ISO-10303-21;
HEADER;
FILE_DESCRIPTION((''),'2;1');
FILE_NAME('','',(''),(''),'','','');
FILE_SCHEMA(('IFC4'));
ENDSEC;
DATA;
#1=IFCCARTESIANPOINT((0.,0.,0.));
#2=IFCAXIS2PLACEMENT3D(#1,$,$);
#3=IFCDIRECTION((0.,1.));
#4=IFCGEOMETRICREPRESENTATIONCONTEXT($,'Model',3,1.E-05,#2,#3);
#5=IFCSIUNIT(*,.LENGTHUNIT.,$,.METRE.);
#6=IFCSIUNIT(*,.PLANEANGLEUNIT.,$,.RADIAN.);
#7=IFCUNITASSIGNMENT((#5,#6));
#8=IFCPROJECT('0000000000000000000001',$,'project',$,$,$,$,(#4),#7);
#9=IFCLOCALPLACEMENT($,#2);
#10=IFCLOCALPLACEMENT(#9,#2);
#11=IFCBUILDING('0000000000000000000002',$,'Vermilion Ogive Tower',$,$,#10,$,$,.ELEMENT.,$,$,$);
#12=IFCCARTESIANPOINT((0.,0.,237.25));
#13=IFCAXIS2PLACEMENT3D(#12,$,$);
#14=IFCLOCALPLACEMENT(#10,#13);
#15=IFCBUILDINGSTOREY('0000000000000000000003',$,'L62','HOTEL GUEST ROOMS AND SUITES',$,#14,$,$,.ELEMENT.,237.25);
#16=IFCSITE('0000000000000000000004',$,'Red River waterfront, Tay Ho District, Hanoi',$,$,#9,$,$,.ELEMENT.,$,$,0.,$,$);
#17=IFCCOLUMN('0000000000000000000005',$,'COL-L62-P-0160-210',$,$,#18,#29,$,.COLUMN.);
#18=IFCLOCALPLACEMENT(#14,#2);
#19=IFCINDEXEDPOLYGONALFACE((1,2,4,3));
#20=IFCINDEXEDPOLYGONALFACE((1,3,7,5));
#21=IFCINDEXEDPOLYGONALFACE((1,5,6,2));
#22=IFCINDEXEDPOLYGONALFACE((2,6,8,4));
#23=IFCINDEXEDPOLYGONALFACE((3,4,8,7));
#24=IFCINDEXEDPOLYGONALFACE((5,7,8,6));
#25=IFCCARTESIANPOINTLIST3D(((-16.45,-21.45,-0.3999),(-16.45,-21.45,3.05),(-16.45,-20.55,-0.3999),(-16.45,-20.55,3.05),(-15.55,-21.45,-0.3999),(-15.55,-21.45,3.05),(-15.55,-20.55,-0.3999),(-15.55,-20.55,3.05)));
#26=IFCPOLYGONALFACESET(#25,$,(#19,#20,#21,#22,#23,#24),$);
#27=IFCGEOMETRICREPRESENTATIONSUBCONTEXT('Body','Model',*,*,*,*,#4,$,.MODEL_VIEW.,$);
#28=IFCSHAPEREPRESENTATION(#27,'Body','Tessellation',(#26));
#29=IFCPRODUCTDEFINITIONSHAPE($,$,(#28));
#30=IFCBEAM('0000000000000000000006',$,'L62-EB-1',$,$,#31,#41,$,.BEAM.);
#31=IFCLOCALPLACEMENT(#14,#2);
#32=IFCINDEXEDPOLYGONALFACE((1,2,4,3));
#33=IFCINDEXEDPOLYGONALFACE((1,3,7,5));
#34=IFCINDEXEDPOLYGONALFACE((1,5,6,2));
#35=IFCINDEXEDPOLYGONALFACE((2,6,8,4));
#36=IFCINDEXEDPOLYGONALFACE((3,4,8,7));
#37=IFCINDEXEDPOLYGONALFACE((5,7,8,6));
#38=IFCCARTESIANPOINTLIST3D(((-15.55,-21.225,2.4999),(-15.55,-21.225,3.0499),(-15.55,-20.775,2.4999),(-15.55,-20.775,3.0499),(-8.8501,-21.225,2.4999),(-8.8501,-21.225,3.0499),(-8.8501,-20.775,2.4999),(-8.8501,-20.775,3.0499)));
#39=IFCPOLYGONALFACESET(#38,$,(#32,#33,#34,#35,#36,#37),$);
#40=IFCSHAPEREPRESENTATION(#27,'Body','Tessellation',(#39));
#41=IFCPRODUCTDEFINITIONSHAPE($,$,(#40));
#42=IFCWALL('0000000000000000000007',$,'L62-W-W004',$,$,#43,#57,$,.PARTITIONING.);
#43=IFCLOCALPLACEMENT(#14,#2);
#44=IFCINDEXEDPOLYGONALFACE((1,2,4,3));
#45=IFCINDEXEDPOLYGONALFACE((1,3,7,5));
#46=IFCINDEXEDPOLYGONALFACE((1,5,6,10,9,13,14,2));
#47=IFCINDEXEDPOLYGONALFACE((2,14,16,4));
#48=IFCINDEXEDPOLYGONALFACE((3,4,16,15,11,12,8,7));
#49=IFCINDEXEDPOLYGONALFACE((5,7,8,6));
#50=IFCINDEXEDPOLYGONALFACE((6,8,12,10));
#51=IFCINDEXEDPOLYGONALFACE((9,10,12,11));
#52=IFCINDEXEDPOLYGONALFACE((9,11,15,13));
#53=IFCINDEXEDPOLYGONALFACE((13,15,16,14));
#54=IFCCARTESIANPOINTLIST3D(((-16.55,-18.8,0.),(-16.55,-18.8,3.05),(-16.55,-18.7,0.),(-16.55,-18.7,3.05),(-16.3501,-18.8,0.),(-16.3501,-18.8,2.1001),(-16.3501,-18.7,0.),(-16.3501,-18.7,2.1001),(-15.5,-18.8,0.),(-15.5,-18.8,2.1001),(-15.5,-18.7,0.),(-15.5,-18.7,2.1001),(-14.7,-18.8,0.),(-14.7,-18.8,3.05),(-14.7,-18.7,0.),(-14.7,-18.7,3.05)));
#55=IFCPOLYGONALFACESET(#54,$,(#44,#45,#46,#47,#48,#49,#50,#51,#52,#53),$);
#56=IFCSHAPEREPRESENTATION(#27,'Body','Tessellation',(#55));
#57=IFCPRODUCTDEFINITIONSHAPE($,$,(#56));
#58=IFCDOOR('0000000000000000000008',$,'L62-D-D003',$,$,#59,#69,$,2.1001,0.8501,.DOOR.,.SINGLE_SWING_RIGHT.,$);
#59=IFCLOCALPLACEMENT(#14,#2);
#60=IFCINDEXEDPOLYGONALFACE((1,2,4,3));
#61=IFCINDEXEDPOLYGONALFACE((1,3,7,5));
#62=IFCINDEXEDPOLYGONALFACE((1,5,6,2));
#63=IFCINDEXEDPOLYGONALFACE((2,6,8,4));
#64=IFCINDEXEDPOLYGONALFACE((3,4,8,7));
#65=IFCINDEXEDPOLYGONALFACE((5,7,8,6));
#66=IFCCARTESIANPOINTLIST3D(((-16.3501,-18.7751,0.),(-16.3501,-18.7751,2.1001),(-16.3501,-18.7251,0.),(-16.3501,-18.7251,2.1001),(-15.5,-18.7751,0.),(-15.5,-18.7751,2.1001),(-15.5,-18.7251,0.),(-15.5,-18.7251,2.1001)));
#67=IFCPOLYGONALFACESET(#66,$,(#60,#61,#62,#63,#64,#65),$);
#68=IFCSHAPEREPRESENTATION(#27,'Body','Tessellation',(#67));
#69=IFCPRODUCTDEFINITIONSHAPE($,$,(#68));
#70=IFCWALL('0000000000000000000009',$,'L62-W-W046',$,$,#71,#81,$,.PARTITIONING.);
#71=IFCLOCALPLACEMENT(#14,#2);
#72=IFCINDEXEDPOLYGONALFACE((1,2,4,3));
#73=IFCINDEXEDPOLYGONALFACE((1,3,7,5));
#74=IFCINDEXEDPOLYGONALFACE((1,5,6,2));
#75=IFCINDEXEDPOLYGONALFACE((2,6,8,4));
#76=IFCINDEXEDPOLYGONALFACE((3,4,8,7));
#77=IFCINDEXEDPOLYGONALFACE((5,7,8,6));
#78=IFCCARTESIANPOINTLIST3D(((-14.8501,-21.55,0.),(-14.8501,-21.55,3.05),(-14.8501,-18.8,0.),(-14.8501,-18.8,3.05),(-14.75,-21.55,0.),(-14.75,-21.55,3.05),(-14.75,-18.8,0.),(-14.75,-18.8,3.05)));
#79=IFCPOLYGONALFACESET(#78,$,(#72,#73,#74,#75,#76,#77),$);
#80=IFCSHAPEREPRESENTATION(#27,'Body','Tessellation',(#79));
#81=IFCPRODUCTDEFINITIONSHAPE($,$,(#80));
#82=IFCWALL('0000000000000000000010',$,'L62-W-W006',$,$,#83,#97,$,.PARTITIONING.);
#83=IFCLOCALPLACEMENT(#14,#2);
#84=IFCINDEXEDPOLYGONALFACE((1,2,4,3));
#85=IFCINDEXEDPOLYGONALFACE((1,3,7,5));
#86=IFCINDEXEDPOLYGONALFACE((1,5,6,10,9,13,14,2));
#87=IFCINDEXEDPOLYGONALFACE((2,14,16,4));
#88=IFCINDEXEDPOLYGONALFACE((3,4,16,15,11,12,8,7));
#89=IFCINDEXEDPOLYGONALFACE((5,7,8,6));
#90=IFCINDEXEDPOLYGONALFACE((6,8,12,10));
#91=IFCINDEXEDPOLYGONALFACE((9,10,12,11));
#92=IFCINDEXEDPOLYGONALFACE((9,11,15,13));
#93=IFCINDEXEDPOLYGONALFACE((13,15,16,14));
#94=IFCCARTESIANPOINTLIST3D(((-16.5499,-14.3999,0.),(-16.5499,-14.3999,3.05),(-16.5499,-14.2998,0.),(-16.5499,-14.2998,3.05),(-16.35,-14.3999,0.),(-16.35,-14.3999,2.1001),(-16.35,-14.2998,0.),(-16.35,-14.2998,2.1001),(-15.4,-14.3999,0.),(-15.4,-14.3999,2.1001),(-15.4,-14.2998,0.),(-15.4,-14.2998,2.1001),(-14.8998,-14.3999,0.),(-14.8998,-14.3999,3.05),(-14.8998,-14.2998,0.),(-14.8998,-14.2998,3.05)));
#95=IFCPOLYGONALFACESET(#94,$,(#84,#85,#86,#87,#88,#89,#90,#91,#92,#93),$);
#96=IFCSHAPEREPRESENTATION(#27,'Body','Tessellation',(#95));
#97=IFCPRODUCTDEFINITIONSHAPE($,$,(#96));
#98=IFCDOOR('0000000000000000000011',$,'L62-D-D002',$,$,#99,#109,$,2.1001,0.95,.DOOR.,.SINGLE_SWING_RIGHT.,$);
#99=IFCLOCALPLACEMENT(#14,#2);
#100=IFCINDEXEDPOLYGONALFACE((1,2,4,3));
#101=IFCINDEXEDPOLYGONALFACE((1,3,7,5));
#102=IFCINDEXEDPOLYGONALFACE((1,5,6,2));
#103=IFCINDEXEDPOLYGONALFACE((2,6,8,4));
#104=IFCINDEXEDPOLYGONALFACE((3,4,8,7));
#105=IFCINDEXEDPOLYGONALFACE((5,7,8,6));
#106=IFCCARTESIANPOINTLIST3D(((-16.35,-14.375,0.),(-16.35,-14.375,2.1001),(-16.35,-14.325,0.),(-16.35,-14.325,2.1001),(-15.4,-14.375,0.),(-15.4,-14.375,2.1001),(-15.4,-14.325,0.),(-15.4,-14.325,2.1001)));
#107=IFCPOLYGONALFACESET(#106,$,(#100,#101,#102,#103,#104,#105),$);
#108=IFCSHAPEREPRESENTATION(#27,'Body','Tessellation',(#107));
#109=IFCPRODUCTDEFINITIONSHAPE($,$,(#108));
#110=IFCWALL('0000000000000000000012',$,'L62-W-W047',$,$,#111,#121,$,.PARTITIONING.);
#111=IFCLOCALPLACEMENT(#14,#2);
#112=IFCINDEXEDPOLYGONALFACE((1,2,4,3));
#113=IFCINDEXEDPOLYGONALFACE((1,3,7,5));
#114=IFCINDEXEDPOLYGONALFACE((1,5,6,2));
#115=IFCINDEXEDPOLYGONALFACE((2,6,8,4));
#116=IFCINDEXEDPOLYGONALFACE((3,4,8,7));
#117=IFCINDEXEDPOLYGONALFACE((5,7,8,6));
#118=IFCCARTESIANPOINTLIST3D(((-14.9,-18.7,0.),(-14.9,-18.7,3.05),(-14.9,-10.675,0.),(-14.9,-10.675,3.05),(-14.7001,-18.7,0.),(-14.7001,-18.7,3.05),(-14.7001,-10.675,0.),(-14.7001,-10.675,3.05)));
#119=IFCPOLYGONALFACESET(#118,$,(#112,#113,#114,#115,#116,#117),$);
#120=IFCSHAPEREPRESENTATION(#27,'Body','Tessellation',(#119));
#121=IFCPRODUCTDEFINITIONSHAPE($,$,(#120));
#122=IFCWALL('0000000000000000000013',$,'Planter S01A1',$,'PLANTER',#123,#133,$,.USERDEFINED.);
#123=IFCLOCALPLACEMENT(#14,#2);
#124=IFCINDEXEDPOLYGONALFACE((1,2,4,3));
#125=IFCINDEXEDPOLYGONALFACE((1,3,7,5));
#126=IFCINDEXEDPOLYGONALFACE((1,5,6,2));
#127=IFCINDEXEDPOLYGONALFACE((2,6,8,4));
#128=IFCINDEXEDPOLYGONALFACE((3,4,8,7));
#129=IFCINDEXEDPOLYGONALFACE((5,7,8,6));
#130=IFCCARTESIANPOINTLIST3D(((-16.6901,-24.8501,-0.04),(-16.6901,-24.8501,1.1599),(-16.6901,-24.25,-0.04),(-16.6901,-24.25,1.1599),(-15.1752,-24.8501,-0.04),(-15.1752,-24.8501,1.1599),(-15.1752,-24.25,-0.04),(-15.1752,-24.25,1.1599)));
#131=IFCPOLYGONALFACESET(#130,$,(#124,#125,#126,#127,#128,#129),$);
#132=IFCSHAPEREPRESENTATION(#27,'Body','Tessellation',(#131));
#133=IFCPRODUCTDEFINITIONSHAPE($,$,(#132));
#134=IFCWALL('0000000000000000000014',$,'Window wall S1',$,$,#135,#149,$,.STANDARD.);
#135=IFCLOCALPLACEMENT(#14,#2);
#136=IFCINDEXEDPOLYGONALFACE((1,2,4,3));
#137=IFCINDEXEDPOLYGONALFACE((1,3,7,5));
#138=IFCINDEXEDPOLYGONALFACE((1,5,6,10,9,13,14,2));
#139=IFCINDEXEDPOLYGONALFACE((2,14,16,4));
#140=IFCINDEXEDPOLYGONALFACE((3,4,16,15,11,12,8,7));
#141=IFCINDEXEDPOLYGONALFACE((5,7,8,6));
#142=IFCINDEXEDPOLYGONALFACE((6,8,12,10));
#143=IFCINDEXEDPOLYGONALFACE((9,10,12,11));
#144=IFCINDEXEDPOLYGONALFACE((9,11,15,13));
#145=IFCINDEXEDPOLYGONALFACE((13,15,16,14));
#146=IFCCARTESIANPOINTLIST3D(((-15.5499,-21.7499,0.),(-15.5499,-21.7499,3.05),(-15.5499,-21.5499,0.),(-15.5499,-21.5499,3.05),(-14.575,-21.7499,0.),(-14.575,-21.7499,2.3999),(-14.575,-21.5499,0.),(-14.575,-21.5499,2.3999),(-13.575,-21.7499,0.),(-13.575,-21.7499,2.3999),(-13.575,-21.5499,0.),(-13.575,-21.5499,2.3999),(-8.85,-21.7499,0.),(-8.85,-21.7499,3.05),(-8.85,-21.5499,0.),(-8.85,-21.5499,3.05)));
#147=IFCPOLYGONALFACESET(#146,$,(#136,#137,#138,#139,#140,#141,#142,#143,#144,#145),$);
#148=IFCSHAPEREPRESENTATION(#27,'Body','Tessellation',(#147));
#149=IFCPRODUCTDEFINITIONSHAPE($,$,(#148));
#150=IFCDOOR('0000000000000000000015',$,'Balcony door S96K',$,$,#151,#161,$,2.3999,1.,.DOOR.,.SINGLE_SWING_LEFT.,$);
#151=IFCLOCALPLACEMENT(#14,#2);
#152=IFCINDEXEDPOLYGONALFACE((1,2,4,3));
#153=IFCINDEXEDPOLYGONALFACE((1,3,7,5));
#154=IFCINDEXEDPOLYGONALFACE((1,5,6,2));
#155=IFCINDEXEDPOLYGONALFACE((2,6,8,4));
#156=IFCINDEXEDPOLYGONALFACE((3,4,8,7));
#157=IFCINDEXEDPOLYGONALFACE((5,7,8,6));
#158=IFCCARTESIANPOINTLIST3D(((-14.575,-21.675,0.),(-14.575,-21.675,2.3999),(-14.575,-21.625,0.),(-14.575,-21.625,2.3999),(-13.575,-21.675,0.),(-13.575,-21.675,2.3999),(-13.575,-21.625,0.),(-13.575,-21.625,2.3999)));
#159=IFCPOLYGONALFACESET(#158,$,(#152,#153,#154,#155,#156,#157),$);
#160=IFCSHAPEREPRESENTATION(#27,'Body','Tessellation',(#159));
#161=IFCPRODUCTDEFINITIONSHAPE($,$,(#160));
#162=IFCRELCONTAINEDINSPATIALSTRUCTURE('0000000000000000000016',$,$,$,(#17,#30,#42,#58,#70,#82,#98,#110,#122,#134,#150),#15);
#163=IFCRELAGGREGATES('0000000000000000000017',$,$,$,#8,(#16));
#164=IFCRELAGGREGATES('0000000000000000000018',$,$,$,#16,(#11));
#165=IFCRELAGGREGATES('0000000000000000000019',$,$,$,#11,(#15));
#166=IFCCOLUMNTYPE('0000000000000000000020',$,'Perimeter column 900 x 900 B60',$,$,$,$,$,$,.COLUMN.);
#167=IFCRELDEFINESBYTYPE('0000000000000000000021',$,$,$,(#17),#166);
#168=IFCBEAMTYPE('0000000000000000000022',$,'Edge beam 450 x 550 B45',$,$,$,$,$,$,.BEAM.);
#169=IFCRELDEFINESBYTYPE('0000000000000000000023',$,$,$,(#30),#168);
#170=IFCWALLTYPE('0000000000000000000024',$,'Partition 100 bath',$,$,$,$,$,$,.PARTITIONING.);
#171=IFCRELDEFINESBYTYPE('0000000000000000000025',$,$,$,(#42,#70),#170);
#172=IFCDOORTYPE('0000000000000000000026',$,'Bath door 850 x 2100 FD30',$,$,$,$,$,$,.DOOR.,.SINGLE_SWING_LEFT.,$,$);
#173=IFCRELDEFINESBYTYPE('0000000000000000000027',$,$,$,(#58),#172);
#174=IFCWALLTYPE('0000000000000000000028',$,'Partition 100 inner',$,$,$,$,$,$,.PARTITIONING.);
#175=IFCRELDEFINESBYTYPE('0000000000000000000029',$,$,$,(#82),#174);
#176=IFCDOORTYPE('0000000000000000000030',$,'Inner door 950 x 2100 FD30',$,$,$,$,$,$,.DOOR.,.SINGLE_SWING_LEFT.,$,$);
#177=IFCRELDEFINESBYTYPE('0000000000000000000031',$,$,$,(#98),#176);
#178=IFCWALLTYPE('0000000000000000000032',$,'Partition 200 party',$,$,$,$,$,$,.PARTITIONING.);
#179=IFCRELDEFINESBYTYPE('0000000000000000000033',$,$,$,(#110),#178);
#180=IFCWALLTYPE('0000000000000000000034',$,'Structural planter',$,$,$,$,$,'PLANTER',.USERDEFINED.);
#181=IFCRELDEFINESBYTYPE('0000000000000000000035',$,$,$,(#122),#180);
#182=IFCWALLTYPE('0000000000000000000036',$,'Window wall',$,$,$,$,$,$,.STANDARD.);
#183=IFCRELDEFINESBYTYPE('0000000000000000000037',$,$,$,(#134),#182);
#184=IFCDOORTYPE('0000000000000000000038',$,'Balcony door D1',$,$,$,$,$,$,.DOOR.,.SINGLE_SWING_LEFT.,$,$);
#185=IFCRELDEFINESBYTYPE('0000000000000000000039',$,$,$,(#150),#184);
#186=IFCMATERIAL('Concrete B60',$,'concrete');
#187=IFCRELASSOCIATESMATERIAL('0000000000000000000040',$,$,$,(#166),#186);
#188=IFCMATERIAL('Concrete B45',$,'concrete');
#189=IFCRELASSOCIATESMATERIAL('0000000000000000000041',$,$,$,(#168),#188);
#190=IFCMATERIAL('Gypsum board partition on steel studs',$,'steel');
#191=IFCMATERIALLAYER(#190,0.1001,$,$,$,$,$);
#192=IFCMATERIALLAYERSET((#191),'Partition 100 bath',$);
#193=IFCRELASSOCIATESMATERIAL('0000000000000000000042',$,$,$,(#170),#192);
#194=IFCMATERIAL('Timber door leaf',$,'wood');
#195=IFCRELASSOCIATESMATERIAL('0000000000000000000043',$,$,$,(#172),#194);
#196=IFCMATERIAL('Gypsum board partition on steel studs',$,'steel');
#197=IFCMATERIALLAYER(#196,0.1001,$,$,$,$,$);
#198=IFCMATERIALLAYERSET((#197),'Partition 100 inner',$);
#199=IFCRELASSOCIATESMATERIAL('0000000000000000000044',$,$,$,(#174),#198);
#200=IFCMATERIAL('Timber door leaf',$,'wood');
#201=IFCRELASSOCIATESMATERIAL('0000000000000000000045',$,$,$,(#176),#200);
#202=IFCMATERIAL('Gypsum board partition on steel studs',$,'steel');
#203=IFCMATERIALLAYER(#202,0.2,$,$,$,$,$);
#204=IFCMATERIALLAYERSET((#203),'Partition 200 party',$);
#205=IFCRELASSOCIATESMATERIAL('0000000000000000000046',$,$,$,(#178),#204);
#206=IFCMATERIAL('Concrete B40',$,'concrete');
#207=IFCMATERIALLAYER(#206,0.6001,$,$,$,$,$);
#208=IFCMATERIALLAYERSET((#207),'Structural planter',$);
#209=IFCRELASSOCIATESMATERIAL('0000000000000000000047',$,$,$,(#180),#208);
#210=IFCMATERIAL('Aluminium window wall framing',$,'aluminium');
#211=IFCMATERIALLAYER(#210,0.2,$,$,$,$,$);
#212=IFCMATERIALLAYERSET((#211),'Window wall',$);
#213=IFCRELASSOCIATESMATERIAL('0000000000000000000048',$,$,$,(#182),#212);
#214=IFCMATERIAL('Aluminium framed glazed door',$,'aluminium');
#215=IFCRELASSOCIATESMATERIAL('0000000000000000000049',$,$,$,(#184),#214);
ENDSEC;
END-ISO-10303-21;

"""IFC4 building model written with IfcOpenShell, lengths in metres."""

from ifc_helpers import new_model, si_unit, direction, frame, frame_2d, origin, origin_2d, place, context, subcontext, project, spatial, rectangle, extrude, material, layer, layer_set, material_profile, profile_set, type_object, element, fill, save


model = new_model("IFC4")

# Units and contexts
model_context = context("Model", 3, precision=1e-05, world=origin(), true_north=direction((0.0, 1.0)))
body_context = subcontext(model_context, "Body", "Model", "MODEL_VIEW")
ifc_project = project(units=[si_unit("LENGTHUNIT", "METRE"), si_unit("PLANEANGLEUNIT", "RADIAN")], contexts=[model_context])

# Site, building, storey
site_placement = place(None, origin())
site = spatial("IfcSite", under=ifc_project, at=site_placement, Name="Red River waterfront, Tay Ho District, Hanoi", CompositionType="ELEMENT", RefElevation=0.0)
building_placement = place(site_placement, origin())
building = spatial("IfcBuilding", under=site, at=building_placement, Name="Vermilion Ogive Tower", CompositionType="ELEMENT")
storey_placement = place(building_placement, frame((0.0, 0.0, 237.25)))
storey = spatial("IfcBuildingStorey", under=building, at=storey_placement, Name="L62", Description="HOTEL GUEST ROOMS AND SUITES", CompositionType="ELEMENT", Elevation=237.25)

# Column
ifc_material_1 = material(Name="Concrete B60", Category="concrete")
ifc_material_profile_1 = material_profile(ifc_material_1, rectangle(XDim=0.8999, YDim=0.8999, at=origin_2d()), Name="900 x 900")
ifc_profile_set_1 = profile_set([ifc_material_profile_1], Name="Concrete B60")
column_type = type_object("IfcColumnType", Name="Perimeter column 900 x 900 B60", PredefinedType="COLUMN", material=ifc_profile_set_1)
column_placement = place(storey_placement, frame((-16.0, -21.0, -0.3999), z_axis=(0.0, 0.0, 1.0), x_axis=(1.0, 0.0, 0.0)))
element("IfcColumn", 1, at=column_placement, inside=storey, type_object=column_type, Name="COL-L62-P-0160-210", PredefinedType="COLUMN", context=body_context, shape_type="SweptSolid", body=[
    extrude(rectangle(XDim=0.8999, YDim=0.8999, at=origin_2d()), origin(), (0.0, 0.0, 1.0), 3.45),
])

# Beam
ifc_material_2 = material(Name="Concrete B45", Category="concrete")
ifc_material_profile_2 = material_profile(ifc_material_2, rectangle(XDim=0.45, YDim=0.55, at=origin_2d()), Name="450 x 550")
ifc_profile_set_2 = profile_set([ifc_material_profile_2], Name="Concrete B45")
beam_type = type_object("IfcBeamType", Name="Edge beam 450 x 550 B45", PredefinedType="BEAM", material=ifc_profile_set_2)
beam_placement = place(storey_placement, frame((-15.55, -21.0, 2.7749), z_axis=(1.0, 0.0, 0.0), x_axis=(0.0, 1.0, 0.0)))
element("IfcBeam", 2, at=beam_placement, inside=storey, type_object=beam_type, Name="L62-EB-1", PredefinedType="BEAM", context=body_context, shape_type="SweptSolid", body=[
    extrude(rectangle(XDim=0.45, YDim=0.55, at=origin_2d()), origin(), (0.0, 0.0, 1.0), 6.7),
])

# Wall, opening, door
ifc_material_3 = material(Name="Gypsum board partition on steel studs", Category="steel")
ifc_layer_1 = layer(ifc_material_3, 0.1001)
ifc_layer_set_1 = layer_set([ifc_layer_1], Name="Partition 100 bath")
wall_type_1 = type_object("IfcWallType", Name="Partition 100 bath", PredefinedType="PARTITIONING", material=ifc_layer_set_1)
wall_1_placement = place(storey_placement, frame((-16.55, -18.75, 0.0), z_axis=(0.0, 0.0, 1.0), x_axis=(1.0, 0.0, 0.0)))
wall_1 = element("IfcWall", 3, at=wall_1_placement, inside=storey, type_object=wall_type_1, Name="L62-W-W004", PredefinedType="PARTITIONING", context=body_context, shape_type="SweptSolid", body=[
    extrude(rectangle(XDim=1.8501, YDim=0.1001, at=frame_2d((0.925, 0.0))), origin(), (0.0, 0.0, 1.0), 3.05),
])
opening_1_placement = place(wall_1_placement, frame((0.2, 0.0, 0.0)))
opening_1 = element("IfcOpeningElement", 4, at=opening_1_placement, cuts=wall_1, PredefinedType="OPENING", context=body_context, shape_type="SweptSolid", body=[
    extrude(rectangle(XDim=0.8501, YDim=2.1001, at=frame_2d((0.425, 1.05))), frame((0.0, 0.0601, 0.0), z_axis=(0.0, -1.0, 0.0), x_axis=(1.0, 0.0, 0.0)), (0.0, 0.0, 1.0), 0.1201),
])
ifc_material_4 = material(Name="Timber door leaf", Category="wood")
door_type_1 = type_object("IfcDoorType", Name="Bath door 850 x 2100 FD30", OperationType="SINGLE_SWING_LEFT", PredefinedType="DOOR", material=ifc_material_4)
door_1_placement = place(opening_1_placement, origin())
door_1 = element("IfcDoor", 5, at=door_1_placement, inside=storey, type_object=door_type_1, Name="L62-D-D003", OperationType="SINGLE_SWING_RIGHT", OverallHeight=2.1001, OverallWidth=0.8501, PredefinedType="DOOR", context=body_context, shape_type="SweptSolid", body=[
    extrude(rectangle(XDim=0.8501, YDim=2.1001, at=frame_2d((0.425, 1.05))), frame((0.0, 0.0249, 0.0), z_axis=(0.0, -1.0, 0.0), x_axis=(1.0, 0.0, 0.0)), (0.0, 0.0, 1.0), 0.05),
])
fill(opening_1, door_1)

# Wall
wall_2_placement = place(storey_placement, frame((-14.8, -21.55, 0.0), z_axis=(0.0, 0.0, 1.0), x_axis=(0.0, 1.0, 0.0)))
element("IfcWall", 6, at=wall_2_placement, inside=storey, type_object=wall_type_1, Name="L62-W-W046", PredefinedType="PARTITIONING", context=body_context, shape_type="SweptSolid", body=[
    extrude(rectangle(XDim=2.75, YDim=0.1001, at=frame_2d((1.375, 0.0))), origin(), (0.0, 0.0, 1.0), 3.05),
])

# Wall, opening, door
ifc_material_5 = material(Name="Gypsum board partition on steel studs", Category="steel")
ifc_layer_2 = layer(ifc_material_5, 0.1001)
ifc_layer_set_2 = layer_set([ifc_layer_2], Name="Partition 100 inner")
wall_type_2 = type_object("IfcWallType", Name="Partition 100 inner", PredefinedType="PARTITIONING", material=ifc_layer_set_2)
wall_3_placement = place(storey_placement, frame((-16.55, -14.3499, 0.0), z_axis=(0.0, 0.0, 1.0), x_axis=(1.0, 0.0, 0.0)))
wall_3 = element("IfcWall", 7, at=wall_3_placement, inside=storey, type_object=wall_type_2, Name="L62-W-W006", PredefinedType="PARTITIONING", context=body_context, shape_type="SweptSolid", body=[
    extrude(rectangle(XDim=1.6501, YDim=0.1001, at=frame_2d((0.8252, 0.0))), origin(), (0.0, 0.0, 1.0), 3.05),
])
opening_2_placement = place(wall_3_placement, frame((0.2, 0.0, 0.0)))
opening_2 = element("IfcOpeningElement", 8, at=opening_2_placement, cuts=wall_3, PredefinedType="OPENING", context=body_context, shape_type="SweptSolid", body=[
    extrude(rectangle(XDim=0.95, YDim=2.1001, at=frame_2d((0.4751, 1.05))), frame((0.0, 0.0601, 0.0), z_axis=(0.0, -1.0, 0.0), x_axis=(1.0, 0.0, 0.0)), (0.0, 0.0, 1.0), 0.1201),
])
ifc_material_6 = material(Name="Timber door leaf", Category="wood")
door_type_2 = type_object("IfcDoorType", Name="Inner door 950 x 2100 FD30", OperationType="SINGLE_SWING_LEFT", PredefinedType="DOOR", material=ifc_material_6)
door_2_placement = place(opening_2_placement, origin())
door_2 = element("IfcDoor", 9, at=door_2_placement, inside=storey, type_object=door_type_2, Name="L62-D-D002", OperationType="SINGLE_SWING_RIGHT", OverallHeight=2.1001, OverallWidth=0.95, PredefinedType="DOOR", context=body_context, shape_type="SweptSolid", body=[
    extrude(rectangle(XDim=0.95, YDim=2.1001, at=frame_2d((0.4751, 1.05))), frame((0.0, 0.0249, 0.0), z_axis=(0.0, -1.0, 0.0), x_axis=(1.0, 0.0, 0.0)), (0.0, 0.0, 1.0), 0.05),
])
fill(opening_2, door_2)

# Walls
ifc_material_7 = material(Name="Gypsum board partition on steel studs", Category="steel")
ifc_layer_3 = layer(ifc_material_7, 0.2)
ifc_layer_set_3 = layer_set([ifc_layer_3], Name="Partition 200 party")
wall_type_3 = type_object("IfcWallType", Name="Partition 200 party", PredefinedType="PARTITIONING", material=ifc_layer_set_3)
wall_4_placement = place(storey_placement, frame((-14.8, -18.7, 0.0), z_axis=(0.0, 0.0, 1.0), x_axis=(0.0, 1.0, 0.0)))
element("IfcWall", 10, at=wall_4_placement, inside=storey, type_object=wall_type_3, Name="L62-W-W047", PredefinedType="PARTITIONING", context=body_context, shape_type="SweptSolid", body=[
    extrude(rectangle(XDim=8.0249, YDim=0.2, at=frame_2d((4.0125, 0.0))), origin(), (0.0, 0.0, 1.0), 3.05),
])
ifc_material_8 = material(Name="Concrete B40", Category="concrete")
ifc_layer_4 = layer(ifc_material_8, 0.6001)
ifc_layer_set_4 = layer_set([ifc_layer_4], Name="Structural planter")
wall_type_4 = type_object("IfcWallType", Name="Structural planter", ElementType="PLANTER", PredefinedType="USERDEFINED", material=ifc_layer_set_4)
wall_5_placement = place(storey_placement, frame((-16.6899, -24.55, -0.04), z_axis=(0.0, 0.0, 1.0), x_axis=(1.0, 0.0, 0.0)))
element("IfcWall", 11, at=wall_5_placement, inside=storey, type_object=wall_type_4, Name="Planter S01A1", ObjectType="PLANTER", PredefinedType="USERDEFINED", context=body_context, shape_type="SweptSolid", body=[
    extrude(rectangle(XDim=1.5149, YDim=0.6001, at=frame_2d((0.7573, 0.0))), origin(), (0.0, 0.0, 1.0), 1.2),
])

# Wall, opening, door
ifc_material_9 = material(Name="Aluminium window wall framing", Category="aluminium")
ifc_layer_5 = layer(ifc_material_9, 0.2)
ifc_layer_set_5 = layer_set([ifc_layer_5], Name="Window wall")
wall_type_5 = type_object("IfcWallType", Name="Window wall", PredefinedType="STANDARD", material=ifc_layer_set_5)
wall_6_placement = place(storey_placement, frame((-15.55, -21.6499, 0.0), z_axis=(0.0, 0.0, 1.0), x_axis=(1.0, 0.0, 0.0)))
wall_6 = element("IfcWall", 12, at=wall_6_placement, inside=storey, type_object=wall_type_5, Name="Window wall S1", PredefinedType="STANDARD", context=body_context, shape_type="SweptSolid", body=[
    extrude(rectangle(XDim=6.7, YDim=0.2, at=frame_2d((3.3501, 0.0))), origin(), (0.0, 0.0, 1.0), 3.05),
])
opening_3_placement = place(wall_6_placement, frame((0.9751, 0.0, 0.0)))
opening_3 = element("IfcOpeningElement", 13, at=opening_3_placement, cuts=wall_6, PredefinedType="OPENING", context=body_context, shape_type="SweptSolid", body=[
    extrude(rectangle(XDim=1.0, YDim=2.3999, at=frame_2d((0.5, 1.2))), frame((0.0, 0.1099, 0.0), z_axis=(0.0, -1.0, 0.0), x_axis=(1.0, 0.0, 0.0)), (0.0, 0.0, 1.0), 0.22),
])
ifc_material_10 = material(Name="Aluminium framed glazed door", Category="aluminium")
door_type_3 = type_object("IfcDoorType", Name="Balcony door D1", OperationType="SINGLE_SWING_LEFT", PredefinedType="DOOR", material=ifc_material_10)
door_3_placement = place(opening_3_placement, origin())
door_3 = element("IfcDoor", 14, at=door_3_placement, inside=storey, type_object=door_type_3, Name="Balcony door S96K", OperationType="SINGLE_SWING_LEFT", OverallHeight=2.3999, OverallWidth=1.0, PredefinedType="DOOR", context=body_context, shape_type="SweptSolid", body=[
    extrude(rectangle(XDim=1.0, YDim=2.3999, at=frame_2d((0.5, 1.2))), frame((0.0, 0.0249, 0.0), z_axis=(0.0, -1.0, 0.0), x_axis=(1.0, 0.0, 0.0)), (0.0, 0.0, 1.0), 0.05),
])
fill(opening_3, door_3)

save(model, "model.ifc")
